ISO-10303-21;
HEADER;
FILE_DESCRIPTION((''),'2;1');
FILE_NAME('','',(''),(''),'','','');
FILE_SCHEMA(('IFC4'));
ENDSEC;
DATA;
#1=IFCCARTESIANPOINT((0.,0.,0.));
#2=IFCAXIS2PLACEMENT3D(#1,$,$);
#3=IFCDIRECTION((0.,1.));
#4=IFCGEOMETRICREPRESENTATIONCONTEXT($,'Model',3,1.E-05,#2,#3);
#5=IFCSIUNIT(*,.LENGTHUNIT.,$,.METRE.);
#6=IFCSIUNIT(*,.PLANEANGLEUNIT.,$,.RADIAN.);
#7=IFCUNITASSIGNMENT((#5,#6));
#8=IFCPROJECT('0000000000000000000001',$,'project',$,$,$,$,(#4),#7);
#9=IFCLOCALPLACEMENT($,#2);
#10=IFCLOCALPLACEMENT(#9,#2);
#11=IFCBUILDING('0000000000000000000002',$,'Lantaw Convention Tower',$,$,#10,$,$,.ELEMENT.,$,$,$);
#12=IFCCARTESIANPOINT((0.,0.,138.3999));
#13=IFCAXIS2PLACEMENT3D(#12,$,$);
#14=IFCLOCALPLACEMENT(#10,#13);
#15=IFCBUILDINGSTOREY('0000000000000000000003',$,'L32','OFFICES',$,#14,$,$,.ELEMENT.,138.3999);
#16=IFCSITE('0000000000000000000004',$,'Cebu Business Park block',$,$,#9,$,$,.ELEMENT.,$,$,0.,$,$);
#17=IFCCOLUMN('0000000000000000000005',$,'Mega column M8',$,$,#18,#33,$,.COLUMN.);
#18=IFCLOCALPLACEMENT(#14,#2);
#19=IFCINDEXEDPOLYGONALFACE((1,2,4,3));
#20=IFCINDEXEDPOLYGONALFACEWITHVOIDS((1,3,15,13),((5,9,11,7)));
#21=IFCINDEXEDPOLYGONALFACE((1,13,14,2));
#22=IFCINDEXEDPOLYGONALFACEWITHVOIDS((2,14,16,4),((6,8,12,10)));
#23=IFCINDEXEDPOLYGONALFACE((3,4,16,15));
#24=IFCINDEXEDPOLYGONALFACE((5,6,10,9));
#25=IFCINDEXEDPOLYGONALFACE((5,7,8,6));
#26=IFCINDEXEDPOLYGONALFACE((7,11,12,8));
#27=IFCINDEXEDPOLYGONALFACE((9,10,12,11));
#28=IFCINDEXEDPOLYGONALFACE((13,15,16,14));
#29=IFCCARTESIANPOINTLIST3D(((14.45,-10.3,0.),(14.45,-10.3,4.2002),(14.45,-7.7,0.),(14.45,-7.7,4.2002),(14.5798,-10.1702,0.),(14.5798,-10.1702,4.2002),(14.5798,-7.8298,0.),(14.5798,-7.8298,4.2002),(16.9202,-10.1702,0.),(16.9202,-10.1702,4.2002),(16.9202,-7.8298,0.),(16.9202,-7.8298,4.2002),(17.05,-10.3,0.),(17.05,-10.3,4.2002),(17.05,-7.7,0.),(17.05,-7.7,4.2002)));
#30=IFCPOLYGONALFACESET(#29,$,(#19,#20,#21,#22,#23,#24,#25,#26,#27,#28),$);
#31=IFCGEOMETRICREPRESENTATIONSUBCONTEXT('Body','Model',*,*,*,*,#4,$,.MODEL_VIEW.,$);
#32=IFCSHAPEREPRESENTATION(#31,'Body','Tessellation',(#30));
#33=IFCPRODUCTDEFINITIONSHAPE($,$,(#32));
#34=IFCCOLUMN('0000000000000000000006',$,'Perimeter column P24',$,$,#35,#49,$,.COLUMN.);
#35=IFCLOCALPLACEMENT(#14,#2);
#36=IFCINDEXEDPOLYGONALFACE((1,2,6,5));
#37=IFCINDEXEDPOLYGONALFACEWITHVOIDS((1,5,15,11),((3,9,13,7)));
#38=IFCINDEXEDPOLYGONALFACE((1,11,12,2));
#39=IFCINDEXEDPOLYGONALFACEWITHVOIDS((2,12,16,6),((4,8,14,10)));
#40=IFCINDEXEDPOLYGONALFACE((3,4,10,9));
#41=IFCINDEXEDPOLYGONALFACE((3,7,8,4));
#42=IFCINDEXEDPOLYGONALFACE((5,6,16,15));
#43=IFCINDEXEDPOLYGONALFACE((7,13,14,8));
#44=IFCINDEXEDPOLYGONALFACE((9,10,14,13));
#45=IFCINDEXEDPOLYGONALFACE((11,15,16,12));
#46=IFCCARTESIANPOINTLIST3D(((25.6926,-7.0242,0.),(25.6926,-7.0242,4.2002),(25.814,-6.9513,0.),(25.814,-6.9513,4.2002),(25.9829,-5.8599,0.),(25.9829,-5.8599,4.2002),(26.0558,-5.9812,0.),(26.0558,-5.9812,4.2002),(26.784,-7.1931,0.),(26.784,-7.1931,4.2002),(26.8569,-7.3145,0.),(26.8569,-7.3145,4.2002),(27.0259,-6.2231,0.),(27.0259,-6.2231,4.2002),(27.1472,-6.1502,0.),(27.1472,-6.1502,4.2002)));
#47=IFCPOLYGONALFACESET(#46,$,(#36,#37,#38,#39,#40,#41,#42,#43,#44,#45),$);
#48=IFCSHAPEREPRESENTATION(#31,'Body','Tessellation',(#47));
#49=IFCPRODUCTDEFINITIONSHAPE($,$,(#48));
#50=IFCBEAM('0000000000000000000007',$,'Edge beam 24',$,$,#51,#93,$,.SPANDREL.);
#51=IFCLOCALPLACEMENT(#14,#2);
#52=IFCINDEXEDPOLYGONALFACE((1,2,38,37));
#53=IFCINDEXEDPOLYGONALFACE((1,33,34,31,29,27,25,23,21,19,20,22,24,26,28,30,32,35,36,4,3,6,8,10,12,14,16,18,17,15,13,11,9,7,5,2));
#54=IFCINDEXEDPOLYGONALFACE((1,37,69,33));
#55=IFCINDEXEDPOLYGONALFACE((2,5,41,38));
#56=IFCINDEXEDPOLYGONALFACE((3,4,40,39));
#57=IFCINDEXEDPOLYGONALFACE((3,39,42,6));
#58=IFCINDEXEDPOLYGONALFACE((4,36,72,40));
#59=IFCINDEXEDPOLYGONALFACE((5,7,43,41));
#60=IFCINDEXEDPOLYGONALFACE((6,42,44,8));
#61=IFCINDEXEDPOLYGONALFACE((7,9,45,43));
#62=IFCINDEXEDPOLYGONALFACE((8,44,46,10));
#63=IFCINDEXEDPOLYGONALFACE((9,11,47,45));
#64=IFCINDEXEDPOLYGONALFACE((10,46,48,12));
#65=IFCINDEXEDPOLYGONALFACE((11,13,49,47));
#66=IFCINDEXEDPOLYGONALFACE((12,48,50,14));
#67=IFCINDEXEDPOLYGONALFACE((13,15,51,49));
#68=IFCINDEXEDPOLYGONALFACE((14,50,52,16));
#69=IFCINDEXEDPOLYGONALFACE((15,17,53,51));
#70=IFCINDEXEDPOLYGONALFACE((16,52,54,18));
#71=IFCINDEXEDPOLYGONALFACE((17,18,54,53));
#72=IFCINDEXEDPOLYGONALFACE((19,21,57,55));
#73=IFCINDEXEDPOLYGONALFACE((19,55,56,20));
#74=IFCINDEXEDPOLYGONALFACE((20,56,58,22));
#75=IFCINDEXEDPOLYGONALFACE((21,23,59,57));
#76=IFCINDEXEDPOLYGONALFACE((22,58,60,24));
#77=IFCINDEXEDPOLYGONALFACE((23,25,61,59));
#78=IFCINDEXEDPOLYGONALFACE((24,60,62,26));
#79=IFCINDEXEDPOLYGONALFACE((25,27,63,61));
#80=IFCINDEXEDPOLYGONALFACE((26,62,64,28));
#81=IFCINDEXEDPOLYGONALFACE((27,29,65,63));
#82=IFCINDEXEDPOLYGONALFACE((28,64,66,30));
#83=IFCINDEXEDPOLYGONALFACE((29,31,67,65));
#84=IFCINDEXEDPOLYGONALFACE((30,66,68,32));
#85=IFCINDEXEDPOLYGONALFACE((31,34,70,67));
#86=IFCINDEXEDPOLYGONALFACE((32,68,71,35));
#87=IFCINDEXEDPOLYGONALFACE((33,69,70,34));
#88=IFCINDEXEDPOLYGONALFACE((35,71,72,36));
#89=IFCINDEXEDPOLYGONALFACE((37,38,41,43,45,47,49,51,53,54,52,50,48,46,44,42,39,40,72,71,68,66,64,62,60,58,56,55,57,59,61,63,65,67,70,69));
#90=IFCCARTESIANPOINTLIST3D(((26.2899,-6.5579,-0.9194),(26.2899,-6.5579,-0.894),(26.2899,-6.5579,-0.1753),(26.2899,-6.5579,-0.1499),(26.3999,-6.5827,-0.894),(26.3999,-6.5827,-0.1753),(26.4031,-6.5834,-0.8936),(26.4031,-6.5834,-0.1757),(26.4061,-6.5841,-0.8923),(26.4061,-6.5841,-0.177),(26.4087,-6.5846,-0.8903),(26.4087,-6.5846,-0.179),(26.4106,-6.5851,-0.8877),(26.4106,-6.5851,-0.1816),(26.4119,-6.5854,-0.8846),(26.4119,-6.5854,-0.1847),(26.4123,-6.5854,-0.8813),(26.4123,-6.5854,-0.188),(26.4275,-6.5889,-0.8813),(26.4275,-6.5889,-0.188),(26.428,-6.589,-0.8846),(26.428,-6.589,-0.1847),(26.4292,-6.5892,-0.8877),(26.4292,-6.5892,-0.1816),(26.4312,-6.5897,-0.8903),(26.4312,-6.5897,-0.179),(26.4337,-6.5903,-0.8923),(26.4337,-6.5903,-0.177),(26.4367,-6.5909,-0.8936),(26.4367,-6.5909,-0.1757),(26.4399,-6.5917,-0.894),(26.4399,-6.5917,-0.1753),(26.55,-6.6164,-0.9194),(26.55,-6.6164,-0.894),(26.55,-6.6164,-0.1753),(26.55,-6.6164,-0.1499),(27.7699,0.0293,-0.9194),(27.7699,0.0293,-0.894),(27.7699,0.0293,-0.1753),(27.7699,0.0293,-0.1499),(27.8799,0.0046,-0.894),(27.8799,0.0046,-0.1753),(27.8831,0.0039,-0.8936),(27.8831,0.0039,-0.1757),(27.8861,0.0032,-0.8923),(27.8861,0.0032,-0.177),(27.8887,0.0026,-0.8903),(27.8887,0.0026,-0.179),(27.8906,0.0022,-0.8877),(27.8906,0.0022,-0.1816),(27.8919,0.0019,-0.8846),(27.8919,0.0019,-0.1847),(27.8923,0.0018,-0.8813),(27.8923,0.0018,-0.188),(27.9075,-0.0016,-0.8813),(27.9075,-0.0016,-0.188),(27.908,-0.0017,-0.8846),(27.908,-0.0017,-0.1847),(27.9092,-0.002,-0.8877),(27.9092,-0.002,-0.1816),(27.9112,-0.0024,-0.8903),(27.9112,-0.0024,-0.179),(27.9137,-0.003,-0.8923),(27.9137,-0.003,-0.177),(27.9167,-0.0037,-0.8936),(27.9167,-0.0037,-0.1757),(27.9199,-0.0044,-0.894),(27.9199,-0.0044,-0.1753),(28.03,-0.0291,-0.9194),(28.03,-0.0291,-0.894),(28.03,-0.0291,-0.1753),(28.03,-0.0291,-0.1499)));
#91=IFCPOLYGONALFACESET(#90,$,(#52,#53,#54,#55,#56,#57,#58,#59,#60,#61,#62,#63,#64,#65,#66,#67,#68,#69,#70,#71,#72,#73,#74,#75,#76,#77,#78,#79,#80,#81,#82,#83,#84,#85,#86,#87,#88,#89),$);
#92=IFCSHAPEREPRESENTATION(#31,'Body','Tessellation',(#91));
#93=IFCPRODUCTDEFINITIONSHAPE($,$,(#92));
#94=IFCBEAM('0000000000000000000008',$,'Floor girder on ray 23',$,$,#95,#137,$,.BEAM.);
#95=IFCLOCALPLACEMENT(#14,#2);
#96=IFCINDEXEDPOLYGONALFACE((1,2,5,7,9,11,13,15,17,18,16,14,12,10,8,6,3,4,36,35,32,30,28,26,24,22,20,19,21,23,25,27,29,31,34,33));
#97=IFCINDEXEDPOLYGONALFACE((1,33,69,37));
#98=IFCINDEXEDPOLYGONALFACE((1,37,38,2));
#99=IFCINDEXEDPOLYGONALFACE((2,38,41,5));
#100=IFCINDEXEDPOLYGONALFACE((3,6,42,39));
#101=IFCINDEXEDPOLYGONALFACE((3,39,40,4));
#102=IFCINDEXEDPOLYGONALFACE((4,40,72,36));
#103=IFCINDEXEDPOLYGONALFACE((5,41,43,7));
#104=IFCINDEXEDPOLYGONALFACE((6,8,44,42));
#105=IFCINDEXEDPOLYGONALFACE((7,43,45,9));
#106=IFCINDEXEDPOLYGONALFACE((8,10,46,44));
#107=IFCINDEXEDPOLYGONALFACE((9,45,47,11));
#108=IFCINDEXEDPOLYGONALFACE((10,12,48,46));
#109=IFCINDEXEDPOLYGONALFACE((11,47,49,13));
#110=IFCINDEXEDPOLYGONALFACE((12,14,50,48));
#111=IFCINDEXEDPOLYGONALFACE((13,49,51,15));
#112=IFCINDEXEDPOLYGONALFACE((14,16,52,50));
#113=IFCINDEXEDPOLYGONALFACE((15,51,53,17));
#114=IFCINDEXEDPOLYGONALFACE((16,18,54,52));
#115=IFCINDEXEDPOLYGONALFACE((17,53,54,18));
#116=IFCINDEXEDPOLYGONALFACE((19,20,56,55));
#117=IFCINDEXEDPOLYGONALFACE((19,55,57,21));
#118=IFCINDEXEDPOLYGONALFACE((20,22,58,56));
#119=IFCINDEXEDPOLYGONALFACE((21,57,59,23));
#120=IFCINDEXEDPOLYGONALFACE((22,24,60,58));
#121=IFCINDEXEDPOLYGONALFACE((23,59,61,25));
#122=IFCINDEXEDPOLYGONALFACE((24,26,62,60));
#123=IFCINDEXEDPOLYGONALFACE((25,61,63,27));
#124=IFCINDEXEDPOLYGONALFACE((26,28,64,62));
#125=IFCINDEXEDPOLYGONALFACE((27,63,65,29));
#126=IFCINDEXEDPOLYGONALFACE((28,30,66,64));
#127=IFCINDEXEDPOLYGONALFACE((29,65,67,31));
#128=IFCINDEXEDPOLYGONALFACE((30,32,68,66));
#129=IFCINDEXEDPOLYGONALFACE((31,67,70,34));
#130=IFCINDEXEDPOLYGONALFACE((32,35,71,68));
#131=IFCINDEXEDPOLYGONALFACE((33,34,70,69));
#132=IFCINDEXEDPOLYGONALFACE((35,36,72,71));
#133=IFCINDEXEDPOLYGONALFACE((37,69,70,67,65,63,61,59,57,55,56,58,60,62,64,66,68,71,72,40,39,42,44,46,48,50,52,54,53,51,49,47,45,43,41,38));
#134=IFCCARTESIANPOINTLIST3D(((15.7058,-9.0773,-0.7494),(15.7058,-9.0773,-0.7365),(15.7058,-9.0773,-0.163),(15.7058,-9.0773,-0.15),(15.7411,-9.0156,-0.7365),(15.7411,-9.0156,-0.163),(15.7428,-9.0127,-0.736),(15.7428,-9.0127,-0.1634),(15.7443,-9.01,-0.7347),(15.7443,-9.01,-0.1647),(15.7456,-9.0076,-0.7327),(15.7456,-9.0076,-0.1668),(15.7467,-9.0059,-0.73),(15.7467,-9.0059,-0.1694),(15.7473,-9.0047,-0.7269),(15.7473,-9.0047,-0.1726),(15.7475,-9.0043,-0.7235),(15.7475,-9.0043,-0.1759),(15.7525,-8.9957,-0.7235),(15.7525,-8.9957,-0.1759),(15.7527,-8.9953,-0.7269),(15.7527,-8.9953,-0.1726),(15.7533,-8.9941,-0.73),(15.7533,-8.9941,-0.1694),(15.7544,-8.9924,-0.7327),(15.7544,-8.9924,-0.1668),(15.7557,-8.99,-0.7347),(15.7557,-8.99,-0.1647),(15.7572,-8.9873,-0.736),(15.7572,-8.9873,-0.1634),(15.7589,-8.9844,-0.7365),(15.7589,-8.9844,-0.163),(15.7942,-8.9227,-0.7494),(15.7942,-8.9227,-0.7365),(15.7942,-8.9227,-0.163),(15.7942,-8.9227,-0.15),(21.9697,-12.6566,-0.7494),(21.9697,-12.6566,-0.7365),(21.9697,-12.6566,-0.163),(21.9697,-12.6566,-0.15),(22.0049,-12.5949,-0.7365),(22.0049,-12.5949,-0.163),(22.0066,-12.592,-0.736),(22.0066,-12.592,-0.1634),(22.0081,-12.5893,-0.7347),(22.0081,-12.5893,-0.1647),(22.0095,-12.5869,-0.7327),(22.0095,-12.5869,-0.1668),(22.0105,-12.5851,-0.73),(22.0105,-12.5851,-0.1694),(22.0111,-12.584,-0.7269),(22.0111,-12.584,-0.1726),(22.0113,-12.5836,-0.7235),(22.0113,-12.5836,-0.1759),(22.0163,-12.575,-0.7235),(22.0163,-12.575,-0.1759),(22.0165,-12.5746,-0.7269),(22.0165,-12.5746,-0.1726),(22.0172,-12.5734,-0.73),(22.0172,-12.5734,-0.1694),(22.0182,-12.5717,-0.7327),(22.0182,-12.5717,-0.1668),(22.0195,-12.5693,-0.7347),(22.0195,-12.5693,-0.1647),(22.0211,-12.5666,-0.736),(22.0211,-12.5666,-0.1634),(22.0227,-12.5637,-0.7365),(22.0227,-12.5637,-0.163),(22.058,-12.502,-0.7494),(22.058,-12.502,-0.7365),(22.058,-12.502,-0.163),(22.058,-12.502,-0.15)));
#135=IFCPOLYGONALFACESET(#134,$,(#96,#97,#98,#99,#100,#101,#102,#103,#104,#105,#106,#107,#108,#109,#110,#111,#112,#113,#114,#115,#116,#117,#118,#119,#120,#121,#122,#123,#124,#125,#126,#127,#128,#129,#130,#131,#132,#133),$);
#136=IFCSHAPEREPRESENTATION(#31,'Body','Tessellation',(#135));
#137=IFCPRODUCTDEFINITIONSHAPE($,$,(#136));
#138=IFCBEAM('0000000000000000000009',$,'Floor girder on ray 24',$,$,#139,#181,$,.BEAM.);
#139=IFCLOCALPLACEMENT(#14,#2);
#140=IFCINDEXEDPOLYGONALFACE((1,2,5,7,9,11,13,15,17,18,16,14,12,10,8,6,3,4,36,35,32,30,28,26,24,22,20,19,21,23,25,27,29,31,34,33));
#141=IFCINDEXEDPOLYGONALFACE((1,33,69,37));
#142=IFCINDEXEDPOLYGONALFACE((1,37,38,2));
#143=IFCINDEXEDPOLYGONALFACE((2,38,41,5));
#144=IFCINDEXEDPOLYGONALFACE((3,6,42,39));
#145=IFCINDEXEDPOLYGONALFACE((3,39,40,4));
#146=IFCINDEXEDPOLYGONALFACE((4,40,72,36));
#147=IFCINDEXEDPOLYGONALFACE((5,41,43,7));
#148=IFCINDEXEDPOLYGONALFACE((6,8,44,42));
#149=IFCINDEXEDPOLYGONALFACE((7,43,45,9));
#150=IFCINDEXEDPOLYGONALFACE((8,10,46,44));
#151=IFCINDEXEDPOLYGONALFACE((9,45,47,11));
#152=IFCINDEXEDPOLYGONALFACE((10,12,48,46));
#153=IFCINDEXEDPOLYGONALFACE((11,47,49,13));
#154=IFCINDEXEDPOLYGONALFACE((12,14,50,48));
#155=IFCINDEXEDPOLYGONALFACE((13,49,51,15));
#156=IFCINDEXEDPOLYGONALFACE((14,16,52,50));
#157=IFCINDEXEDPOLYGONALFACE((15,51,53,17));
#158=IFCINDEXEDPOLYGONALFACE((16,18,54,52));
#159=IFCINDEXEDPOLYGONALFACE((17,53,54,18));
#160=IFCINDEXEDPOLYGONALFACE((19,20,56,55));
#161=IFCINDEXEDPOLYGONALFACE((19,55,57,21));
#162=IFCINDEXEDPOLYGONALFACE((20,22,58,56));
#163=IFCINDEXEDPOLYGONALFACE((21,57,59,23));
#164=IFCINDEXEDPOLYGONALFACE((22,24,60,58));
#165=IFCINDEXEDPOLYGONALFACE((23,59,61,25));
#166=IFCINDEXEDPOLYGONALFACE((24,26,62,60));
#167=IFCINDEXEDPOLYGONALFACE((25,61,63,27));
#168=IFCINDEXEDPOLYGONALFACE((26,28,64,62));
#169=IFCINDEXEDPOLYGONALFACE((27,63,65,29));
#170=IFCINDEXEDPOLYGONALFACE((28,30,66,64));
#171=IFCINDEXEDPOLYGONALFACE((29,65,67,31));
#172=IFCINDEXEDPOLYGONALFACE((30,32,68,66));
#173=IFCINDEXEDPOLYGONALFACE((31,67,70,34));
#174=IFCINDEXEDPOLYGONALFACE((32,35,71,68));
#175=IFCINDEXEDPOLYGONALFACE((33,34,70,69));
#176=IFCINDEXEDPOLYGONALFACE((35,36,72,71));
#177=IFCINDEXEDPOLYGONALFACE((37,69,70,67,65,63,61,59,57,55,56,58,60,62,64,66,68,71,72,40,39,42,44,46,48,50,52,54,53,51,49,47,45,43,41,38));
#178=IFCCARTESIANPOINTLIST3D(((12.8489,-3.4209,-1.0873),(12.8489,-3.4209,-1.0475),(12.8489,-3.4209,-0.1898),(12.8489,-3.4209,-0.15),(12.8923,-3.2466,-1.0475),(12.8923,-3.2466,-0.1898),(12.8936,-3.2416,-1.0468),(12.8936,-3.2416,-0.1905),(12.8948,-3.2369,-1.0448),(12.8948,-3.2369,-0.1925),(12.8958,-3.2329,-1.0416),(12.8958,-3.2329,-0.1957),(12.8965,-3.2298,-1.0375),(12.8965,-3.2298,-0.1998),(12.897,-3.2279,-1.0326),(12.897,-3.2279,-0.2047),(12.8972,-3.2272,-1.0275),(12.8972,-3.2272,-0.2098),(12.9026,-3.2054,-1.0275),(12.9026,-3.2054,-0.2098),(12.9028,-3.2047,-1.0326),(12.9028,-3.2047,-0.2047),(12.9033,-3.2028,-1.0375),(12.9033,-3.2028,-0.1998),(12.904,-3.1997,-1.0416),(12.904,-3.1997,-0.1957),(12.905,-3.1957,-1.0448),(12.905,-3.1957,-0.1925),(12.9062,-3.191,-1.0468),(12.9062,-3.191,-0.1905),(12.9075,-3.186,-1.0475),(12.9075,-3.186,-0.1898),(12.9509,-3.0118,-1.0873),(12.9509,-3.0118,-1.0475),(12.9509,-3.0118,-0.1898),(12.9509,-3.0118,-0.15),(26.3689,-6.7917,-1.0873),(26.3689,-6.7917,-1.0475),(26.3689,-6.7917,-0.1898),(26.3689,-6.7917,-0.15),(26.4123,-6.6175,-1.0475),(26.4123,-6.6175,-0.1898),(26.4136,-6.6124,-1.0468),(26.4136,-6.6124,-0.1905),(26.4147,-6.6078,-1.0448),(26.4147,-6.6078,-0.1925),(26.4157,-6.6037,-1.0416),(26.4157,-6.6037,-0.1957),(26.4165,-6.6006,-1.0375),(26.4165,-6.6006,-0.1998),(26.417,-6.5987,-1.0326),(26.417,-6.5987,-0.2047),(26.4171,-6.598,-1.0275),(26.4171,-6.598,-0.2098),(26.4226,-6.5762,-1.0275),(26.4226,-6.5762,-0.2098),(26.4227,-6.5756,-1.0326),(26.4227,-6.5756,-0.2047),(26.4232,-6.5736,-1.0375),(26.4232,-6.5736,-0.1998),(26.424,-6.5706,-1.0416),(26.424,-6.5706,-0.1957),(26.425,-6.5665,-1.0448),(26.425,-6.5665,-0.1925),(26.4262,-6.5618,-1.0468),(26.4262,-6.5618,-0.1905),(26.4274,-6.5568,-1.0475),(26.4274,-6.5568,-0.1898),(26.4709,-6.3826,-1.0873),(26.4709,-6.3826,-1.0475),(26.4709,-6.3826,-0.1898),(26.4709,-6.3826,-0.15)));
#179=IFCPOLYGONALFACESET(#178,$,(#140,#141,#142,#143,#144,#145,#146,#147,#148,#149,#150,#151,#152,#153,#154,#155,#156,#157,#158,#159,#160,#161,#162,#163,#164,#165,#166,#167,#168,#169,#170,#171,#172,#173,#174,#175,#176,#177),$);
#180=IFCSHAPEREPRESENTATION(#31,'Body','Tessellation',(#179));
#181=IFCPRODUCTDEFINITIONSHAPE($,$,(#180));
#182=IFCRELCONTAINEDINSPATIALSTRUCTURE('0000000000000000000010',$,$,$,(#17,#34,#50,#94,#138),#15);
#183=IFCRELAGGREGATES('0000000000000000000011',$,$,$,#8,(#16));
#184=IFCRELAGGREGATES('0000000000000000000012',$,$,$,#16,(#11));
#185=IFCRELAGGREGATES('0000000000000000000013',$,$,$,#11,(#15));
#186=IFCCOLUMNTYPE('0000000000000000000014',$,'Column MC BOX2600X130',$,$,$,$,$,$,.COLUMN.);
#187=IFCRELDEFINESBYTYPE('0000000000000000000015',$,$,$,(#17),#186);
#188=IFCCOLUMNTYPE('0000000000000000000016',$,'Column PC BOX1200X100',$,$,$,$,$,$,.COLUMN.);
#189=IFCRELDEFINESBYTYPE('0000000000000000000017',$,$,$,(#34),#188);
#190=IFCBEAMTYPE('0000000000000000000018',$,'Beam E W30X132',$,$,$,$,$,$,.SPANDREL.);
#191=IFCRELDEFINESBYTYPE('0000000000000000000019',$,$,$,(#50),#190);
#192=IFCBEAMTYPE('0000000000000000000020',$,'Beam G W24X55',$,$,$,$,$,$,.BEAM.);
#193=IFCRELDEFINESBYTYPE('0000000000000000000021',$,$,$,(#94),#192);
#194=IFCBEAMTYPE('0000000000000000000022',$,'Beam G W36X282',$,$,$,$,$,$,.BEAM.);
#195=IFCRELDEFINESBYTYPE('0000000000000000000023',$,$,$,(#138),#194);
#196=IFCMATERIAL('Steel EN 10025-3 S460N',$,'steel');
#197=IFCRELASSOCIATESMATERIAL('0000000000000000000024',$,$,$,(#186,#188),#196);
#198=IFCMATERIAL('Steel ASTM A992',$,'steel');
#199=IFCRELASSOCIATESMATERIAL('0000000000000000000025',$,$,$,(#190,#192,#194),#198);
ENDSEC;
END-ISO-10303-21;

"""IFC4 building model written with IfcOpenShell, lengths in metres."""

from ifc_helpers import new_model, si_unit, direction, frame, origin, origin_2d, place, context, subcontext, project, spatial, rectangle, hollow_rectangle, i_section, extrude, material, material_profile, profile_set, type_object, element, save


model = new_model("IFC4")

# Units and contexts
model_context = context("Model", 3, precision=1e-05, world=origin(), true_north=direction((0.0, 1.0)))
body_context = subcontext(model_context, "Body", "Model", "MODEL_VIEW")
ifc_project = project(units=[si_unit("LENGTHUNIT", "METRE"), si_unit("PLANEANGLEUNIT", "RADIAN")], contexts=[model_context])

# Site, building, storey
site_placement = place(None, origin())
site = spatial("IfcSite", under=ifc_project, at=site_placement, Name="Cebu Business Park block", CompositionType="ELEMENT", RefElevation=0.0)
building_placement = place(site_placement, origin())
building = spatial("IfcBuilding", under=site, at=building_placement, Name="Lantaw Convention Tower", CompositionType="ELEMENT")
storey_placement = place(building_placement, frame((0.0, 0.0, 138.3999)))
storey = spatial("IfcBuildingStorey", under=building, at=storey_placement, Name="L32", Description="OFFICES", CompositionType="ELEMENT", Elevation=138.3999)

# Columns
ifc_material_1 = material(Name="Steel EN 10025-3 S460N", Category="steel")
ifc_material_profile_1 = material_profile(ifc_material_1, hollow_rectangle(XDim=2.6001, YDim=2.6001, WallThickness=0.1299, at=origin_2d()), Name="BOX2600X130")
ifc_material_2 = material(Name="Concrete C60/75", Category="concrete")
ifc_material_profile_2 = material_profile(ifc_material_2, rectangle(XDim=2.3401, YDim=2.3401, at=origin_2d()), Name="Concrete fill of BOX2600X130")
ifc_profile_set_1 = profile_set([ifc_material_profile_1, ifc_material_profile_2], Name="Steel EN 10025-3 S460N")
column_type_1 = type_object("IfcColumnType", Name="Column MC BOX2600X130", PredefinedType="COLUMN", material=ifc_profile_set_1)
column_1_placement = place(storey_placement, frame((15.75, -9.0, 0.0), z_axis=(0.0, 0.0, 1.0), x_axis=(1.0, 0.0, 0.0)))
element("IfcColumn", 1, at=column_1_placement, inside=storey, type_object=column_type_1, Name="Mega column M8", PredefinedType="COLUMN", context=body_context, shape_type="SweptSolid", body=[
    extrude(hollow_rectangle(XDim=2.6001, YDim=2.6001, WallThickness=0.1299, at=origin_2d()), origin(), (0.0, 0.0, 1.0), 4.2002),
])
ifc_material_profile_3 = material_profile(ifc_material_1, hollow_rectangle(XDim=1.2, YDim=1.2, WallThickness=0.1001, at=origin_2d()), Name="BOX1200X100")
ifc_material_profile_4 = material_profile(ifc_material_2, rectangle(XDim=1.0, YDim=1.0, at=origin_2d()), Name="Concrete fill of BOX1200X100")
ifc_profile_set_2 = profile_set([ifc_material_profile_3, ifc_material_profile_4], Name="Steel EN 10025-3 S460N")
column_type_2 = type_object("IfcColumnType", Name="Column PC BOX1200X100", PredefinedType="COLUMN", material=ifc_profile_set_2)
column_2_placement = place(storey_placement, frame((26.4199, -6.5872, 0.0), z_axis=(0.0, 0.0, 1.0), x_axis=(0.241922, 0.970296, 0.0)))
element("IfcColumn", 2, at=column_2_placement, inside=storey, type_object=column_type_2, Name="Perimeter column P24", PredefinedType="COLUMN", context=body_context, shape_type="SweptSolid", body=[
    extrude(hollow_rectangle(XDim=1.2, YDim=1.2, WallThickness=0.1001, at=origin_2d()), origin(), (0.0, 0.0, 1.0), 4.2002),
])

# Beams
ifc_material_3 = material(Name="Steel ASTM A992", Category="steel")
ifc_material_profile_5 = material_profile(ifc_material_3, i_section(OverallWidth=0.2666, OverallDepth=0.7695, WebThickness=0.0156, FlangeThickness=0.0254, FilletRadius=0.0127, at=origin_2d()), Name="W30X132")
ifc_profile_set_3 = profile_set([ifc_material_profile_5], Name="Steel ASTM A992")
beam_type_1 = type_object("IfcBeamType", Name="Beam E W30X132", PredefinedType="SPANDREL", material=ifc_profile_set_3)
beam_1_placement = place(storey_placement, frame((26.4199, -6.5872, -0.5347), z_axis=(0.219212, 0.975677, 0.0), x_axis=(-0.975677, 0.219212, 0.0)))
element("IfcBeam", 3, at=beam_1_placement, inside=storey, type_object=beam_type_1, Name="Edge beam 24", PredefinedType="SPANDREL", context=body_context, shape_type="SweptSolid", body=[
    extrude(i_section(OverallWidth=0.2666, OverallDepth=0.7695, WebThickness=0.0156, FlangeThickness=0.0254, FilletRadius=0.0127, at=origin_2d()), origin(), (0.0, 0.0, 1.0), 6.7515),
])
ifc_material_profile_6 = material_profile(ifc_material_3, i_section(OverallWidth=0.178, OverallDepth=0.5994, WebThickness=0.01, FlangeThickness=0.0129, FilletRadius=0.0129, at=origin_2d()), Name="W24X55")
ifc_profile_set_4 = profile_set([ifc_material_profile_6], Name="Steel ASTM A992")
beam_type_2 = type_object("IfcBeamType", Name="Beam G W24X55", PredefinedType="BEAM", material=ifc_profile_set_4)
beam_2_placement = place(storey_placement, frame((15.75, -9.0, -0.4497), z_axis=(0.868245, -0.496135, 0.0), x_axis=(0.496135, 0.868245, 0.0)))
element("IfcBeam", 4, at=beam_2_placement, inside=storey, type_object=beam_type_2, Name="Floor girder on ray 23", PredefinedType="BEAM", context=body_context, shape_type="SweptSolid", body=[
    extrude(i_section(OverallWidth=0.178, OverallDepth=0.5994, WebThickness=0.01, FlangeThickness=0.0129, FilletRadius=0.0129, at=origin_2d()), origin(), (0.0, 0.0, 1.0), 7.2144),
])
ifc_material_profile_7 = material_profile(ifc_material_3, i_section(OverallWidth=0.4216, OverallDepth=0.9373, WebThickness=0.0225, FlangeThickness=0.0398, FilletRadius=0.02, at=origin_2d()), Name="W36X282")
ifc_profile_set_5 = profile_set([ifc_material_profile_7], Name="Steel ASTM A992")
beam_type_3 = type_object("IfcBeamType", Name="Beam G W36X282", PredefinedType="BEAM", material=ifc_profile_set_5)
beam_3_placement = place(storey_placement, frame((12.8999, -3.2163, -0.6187), z_axis=(0.970297, -0.241917, 0.0), x_axis=(0.241917, 0.970297, 0.0)))
element("IfcBeam", 5, at=beam_3_placement, inside=storey, type_object=beam_type_3, Name="Floor girder on ray 24", PredefinedType="BEAM", context=body_context, shape_type="SweptSolid", body=[
    extrude(i_section(OverallWidth=0.4216, OverallDepth=0.9373, WebThickness=0.0225, FlangeThickness=0.0398, FilletRadius=0.02, at=origin_2d()), origin(), (0.0, 0.0, 1.0), 13.9338),
])

save(model, "model.ifc")
